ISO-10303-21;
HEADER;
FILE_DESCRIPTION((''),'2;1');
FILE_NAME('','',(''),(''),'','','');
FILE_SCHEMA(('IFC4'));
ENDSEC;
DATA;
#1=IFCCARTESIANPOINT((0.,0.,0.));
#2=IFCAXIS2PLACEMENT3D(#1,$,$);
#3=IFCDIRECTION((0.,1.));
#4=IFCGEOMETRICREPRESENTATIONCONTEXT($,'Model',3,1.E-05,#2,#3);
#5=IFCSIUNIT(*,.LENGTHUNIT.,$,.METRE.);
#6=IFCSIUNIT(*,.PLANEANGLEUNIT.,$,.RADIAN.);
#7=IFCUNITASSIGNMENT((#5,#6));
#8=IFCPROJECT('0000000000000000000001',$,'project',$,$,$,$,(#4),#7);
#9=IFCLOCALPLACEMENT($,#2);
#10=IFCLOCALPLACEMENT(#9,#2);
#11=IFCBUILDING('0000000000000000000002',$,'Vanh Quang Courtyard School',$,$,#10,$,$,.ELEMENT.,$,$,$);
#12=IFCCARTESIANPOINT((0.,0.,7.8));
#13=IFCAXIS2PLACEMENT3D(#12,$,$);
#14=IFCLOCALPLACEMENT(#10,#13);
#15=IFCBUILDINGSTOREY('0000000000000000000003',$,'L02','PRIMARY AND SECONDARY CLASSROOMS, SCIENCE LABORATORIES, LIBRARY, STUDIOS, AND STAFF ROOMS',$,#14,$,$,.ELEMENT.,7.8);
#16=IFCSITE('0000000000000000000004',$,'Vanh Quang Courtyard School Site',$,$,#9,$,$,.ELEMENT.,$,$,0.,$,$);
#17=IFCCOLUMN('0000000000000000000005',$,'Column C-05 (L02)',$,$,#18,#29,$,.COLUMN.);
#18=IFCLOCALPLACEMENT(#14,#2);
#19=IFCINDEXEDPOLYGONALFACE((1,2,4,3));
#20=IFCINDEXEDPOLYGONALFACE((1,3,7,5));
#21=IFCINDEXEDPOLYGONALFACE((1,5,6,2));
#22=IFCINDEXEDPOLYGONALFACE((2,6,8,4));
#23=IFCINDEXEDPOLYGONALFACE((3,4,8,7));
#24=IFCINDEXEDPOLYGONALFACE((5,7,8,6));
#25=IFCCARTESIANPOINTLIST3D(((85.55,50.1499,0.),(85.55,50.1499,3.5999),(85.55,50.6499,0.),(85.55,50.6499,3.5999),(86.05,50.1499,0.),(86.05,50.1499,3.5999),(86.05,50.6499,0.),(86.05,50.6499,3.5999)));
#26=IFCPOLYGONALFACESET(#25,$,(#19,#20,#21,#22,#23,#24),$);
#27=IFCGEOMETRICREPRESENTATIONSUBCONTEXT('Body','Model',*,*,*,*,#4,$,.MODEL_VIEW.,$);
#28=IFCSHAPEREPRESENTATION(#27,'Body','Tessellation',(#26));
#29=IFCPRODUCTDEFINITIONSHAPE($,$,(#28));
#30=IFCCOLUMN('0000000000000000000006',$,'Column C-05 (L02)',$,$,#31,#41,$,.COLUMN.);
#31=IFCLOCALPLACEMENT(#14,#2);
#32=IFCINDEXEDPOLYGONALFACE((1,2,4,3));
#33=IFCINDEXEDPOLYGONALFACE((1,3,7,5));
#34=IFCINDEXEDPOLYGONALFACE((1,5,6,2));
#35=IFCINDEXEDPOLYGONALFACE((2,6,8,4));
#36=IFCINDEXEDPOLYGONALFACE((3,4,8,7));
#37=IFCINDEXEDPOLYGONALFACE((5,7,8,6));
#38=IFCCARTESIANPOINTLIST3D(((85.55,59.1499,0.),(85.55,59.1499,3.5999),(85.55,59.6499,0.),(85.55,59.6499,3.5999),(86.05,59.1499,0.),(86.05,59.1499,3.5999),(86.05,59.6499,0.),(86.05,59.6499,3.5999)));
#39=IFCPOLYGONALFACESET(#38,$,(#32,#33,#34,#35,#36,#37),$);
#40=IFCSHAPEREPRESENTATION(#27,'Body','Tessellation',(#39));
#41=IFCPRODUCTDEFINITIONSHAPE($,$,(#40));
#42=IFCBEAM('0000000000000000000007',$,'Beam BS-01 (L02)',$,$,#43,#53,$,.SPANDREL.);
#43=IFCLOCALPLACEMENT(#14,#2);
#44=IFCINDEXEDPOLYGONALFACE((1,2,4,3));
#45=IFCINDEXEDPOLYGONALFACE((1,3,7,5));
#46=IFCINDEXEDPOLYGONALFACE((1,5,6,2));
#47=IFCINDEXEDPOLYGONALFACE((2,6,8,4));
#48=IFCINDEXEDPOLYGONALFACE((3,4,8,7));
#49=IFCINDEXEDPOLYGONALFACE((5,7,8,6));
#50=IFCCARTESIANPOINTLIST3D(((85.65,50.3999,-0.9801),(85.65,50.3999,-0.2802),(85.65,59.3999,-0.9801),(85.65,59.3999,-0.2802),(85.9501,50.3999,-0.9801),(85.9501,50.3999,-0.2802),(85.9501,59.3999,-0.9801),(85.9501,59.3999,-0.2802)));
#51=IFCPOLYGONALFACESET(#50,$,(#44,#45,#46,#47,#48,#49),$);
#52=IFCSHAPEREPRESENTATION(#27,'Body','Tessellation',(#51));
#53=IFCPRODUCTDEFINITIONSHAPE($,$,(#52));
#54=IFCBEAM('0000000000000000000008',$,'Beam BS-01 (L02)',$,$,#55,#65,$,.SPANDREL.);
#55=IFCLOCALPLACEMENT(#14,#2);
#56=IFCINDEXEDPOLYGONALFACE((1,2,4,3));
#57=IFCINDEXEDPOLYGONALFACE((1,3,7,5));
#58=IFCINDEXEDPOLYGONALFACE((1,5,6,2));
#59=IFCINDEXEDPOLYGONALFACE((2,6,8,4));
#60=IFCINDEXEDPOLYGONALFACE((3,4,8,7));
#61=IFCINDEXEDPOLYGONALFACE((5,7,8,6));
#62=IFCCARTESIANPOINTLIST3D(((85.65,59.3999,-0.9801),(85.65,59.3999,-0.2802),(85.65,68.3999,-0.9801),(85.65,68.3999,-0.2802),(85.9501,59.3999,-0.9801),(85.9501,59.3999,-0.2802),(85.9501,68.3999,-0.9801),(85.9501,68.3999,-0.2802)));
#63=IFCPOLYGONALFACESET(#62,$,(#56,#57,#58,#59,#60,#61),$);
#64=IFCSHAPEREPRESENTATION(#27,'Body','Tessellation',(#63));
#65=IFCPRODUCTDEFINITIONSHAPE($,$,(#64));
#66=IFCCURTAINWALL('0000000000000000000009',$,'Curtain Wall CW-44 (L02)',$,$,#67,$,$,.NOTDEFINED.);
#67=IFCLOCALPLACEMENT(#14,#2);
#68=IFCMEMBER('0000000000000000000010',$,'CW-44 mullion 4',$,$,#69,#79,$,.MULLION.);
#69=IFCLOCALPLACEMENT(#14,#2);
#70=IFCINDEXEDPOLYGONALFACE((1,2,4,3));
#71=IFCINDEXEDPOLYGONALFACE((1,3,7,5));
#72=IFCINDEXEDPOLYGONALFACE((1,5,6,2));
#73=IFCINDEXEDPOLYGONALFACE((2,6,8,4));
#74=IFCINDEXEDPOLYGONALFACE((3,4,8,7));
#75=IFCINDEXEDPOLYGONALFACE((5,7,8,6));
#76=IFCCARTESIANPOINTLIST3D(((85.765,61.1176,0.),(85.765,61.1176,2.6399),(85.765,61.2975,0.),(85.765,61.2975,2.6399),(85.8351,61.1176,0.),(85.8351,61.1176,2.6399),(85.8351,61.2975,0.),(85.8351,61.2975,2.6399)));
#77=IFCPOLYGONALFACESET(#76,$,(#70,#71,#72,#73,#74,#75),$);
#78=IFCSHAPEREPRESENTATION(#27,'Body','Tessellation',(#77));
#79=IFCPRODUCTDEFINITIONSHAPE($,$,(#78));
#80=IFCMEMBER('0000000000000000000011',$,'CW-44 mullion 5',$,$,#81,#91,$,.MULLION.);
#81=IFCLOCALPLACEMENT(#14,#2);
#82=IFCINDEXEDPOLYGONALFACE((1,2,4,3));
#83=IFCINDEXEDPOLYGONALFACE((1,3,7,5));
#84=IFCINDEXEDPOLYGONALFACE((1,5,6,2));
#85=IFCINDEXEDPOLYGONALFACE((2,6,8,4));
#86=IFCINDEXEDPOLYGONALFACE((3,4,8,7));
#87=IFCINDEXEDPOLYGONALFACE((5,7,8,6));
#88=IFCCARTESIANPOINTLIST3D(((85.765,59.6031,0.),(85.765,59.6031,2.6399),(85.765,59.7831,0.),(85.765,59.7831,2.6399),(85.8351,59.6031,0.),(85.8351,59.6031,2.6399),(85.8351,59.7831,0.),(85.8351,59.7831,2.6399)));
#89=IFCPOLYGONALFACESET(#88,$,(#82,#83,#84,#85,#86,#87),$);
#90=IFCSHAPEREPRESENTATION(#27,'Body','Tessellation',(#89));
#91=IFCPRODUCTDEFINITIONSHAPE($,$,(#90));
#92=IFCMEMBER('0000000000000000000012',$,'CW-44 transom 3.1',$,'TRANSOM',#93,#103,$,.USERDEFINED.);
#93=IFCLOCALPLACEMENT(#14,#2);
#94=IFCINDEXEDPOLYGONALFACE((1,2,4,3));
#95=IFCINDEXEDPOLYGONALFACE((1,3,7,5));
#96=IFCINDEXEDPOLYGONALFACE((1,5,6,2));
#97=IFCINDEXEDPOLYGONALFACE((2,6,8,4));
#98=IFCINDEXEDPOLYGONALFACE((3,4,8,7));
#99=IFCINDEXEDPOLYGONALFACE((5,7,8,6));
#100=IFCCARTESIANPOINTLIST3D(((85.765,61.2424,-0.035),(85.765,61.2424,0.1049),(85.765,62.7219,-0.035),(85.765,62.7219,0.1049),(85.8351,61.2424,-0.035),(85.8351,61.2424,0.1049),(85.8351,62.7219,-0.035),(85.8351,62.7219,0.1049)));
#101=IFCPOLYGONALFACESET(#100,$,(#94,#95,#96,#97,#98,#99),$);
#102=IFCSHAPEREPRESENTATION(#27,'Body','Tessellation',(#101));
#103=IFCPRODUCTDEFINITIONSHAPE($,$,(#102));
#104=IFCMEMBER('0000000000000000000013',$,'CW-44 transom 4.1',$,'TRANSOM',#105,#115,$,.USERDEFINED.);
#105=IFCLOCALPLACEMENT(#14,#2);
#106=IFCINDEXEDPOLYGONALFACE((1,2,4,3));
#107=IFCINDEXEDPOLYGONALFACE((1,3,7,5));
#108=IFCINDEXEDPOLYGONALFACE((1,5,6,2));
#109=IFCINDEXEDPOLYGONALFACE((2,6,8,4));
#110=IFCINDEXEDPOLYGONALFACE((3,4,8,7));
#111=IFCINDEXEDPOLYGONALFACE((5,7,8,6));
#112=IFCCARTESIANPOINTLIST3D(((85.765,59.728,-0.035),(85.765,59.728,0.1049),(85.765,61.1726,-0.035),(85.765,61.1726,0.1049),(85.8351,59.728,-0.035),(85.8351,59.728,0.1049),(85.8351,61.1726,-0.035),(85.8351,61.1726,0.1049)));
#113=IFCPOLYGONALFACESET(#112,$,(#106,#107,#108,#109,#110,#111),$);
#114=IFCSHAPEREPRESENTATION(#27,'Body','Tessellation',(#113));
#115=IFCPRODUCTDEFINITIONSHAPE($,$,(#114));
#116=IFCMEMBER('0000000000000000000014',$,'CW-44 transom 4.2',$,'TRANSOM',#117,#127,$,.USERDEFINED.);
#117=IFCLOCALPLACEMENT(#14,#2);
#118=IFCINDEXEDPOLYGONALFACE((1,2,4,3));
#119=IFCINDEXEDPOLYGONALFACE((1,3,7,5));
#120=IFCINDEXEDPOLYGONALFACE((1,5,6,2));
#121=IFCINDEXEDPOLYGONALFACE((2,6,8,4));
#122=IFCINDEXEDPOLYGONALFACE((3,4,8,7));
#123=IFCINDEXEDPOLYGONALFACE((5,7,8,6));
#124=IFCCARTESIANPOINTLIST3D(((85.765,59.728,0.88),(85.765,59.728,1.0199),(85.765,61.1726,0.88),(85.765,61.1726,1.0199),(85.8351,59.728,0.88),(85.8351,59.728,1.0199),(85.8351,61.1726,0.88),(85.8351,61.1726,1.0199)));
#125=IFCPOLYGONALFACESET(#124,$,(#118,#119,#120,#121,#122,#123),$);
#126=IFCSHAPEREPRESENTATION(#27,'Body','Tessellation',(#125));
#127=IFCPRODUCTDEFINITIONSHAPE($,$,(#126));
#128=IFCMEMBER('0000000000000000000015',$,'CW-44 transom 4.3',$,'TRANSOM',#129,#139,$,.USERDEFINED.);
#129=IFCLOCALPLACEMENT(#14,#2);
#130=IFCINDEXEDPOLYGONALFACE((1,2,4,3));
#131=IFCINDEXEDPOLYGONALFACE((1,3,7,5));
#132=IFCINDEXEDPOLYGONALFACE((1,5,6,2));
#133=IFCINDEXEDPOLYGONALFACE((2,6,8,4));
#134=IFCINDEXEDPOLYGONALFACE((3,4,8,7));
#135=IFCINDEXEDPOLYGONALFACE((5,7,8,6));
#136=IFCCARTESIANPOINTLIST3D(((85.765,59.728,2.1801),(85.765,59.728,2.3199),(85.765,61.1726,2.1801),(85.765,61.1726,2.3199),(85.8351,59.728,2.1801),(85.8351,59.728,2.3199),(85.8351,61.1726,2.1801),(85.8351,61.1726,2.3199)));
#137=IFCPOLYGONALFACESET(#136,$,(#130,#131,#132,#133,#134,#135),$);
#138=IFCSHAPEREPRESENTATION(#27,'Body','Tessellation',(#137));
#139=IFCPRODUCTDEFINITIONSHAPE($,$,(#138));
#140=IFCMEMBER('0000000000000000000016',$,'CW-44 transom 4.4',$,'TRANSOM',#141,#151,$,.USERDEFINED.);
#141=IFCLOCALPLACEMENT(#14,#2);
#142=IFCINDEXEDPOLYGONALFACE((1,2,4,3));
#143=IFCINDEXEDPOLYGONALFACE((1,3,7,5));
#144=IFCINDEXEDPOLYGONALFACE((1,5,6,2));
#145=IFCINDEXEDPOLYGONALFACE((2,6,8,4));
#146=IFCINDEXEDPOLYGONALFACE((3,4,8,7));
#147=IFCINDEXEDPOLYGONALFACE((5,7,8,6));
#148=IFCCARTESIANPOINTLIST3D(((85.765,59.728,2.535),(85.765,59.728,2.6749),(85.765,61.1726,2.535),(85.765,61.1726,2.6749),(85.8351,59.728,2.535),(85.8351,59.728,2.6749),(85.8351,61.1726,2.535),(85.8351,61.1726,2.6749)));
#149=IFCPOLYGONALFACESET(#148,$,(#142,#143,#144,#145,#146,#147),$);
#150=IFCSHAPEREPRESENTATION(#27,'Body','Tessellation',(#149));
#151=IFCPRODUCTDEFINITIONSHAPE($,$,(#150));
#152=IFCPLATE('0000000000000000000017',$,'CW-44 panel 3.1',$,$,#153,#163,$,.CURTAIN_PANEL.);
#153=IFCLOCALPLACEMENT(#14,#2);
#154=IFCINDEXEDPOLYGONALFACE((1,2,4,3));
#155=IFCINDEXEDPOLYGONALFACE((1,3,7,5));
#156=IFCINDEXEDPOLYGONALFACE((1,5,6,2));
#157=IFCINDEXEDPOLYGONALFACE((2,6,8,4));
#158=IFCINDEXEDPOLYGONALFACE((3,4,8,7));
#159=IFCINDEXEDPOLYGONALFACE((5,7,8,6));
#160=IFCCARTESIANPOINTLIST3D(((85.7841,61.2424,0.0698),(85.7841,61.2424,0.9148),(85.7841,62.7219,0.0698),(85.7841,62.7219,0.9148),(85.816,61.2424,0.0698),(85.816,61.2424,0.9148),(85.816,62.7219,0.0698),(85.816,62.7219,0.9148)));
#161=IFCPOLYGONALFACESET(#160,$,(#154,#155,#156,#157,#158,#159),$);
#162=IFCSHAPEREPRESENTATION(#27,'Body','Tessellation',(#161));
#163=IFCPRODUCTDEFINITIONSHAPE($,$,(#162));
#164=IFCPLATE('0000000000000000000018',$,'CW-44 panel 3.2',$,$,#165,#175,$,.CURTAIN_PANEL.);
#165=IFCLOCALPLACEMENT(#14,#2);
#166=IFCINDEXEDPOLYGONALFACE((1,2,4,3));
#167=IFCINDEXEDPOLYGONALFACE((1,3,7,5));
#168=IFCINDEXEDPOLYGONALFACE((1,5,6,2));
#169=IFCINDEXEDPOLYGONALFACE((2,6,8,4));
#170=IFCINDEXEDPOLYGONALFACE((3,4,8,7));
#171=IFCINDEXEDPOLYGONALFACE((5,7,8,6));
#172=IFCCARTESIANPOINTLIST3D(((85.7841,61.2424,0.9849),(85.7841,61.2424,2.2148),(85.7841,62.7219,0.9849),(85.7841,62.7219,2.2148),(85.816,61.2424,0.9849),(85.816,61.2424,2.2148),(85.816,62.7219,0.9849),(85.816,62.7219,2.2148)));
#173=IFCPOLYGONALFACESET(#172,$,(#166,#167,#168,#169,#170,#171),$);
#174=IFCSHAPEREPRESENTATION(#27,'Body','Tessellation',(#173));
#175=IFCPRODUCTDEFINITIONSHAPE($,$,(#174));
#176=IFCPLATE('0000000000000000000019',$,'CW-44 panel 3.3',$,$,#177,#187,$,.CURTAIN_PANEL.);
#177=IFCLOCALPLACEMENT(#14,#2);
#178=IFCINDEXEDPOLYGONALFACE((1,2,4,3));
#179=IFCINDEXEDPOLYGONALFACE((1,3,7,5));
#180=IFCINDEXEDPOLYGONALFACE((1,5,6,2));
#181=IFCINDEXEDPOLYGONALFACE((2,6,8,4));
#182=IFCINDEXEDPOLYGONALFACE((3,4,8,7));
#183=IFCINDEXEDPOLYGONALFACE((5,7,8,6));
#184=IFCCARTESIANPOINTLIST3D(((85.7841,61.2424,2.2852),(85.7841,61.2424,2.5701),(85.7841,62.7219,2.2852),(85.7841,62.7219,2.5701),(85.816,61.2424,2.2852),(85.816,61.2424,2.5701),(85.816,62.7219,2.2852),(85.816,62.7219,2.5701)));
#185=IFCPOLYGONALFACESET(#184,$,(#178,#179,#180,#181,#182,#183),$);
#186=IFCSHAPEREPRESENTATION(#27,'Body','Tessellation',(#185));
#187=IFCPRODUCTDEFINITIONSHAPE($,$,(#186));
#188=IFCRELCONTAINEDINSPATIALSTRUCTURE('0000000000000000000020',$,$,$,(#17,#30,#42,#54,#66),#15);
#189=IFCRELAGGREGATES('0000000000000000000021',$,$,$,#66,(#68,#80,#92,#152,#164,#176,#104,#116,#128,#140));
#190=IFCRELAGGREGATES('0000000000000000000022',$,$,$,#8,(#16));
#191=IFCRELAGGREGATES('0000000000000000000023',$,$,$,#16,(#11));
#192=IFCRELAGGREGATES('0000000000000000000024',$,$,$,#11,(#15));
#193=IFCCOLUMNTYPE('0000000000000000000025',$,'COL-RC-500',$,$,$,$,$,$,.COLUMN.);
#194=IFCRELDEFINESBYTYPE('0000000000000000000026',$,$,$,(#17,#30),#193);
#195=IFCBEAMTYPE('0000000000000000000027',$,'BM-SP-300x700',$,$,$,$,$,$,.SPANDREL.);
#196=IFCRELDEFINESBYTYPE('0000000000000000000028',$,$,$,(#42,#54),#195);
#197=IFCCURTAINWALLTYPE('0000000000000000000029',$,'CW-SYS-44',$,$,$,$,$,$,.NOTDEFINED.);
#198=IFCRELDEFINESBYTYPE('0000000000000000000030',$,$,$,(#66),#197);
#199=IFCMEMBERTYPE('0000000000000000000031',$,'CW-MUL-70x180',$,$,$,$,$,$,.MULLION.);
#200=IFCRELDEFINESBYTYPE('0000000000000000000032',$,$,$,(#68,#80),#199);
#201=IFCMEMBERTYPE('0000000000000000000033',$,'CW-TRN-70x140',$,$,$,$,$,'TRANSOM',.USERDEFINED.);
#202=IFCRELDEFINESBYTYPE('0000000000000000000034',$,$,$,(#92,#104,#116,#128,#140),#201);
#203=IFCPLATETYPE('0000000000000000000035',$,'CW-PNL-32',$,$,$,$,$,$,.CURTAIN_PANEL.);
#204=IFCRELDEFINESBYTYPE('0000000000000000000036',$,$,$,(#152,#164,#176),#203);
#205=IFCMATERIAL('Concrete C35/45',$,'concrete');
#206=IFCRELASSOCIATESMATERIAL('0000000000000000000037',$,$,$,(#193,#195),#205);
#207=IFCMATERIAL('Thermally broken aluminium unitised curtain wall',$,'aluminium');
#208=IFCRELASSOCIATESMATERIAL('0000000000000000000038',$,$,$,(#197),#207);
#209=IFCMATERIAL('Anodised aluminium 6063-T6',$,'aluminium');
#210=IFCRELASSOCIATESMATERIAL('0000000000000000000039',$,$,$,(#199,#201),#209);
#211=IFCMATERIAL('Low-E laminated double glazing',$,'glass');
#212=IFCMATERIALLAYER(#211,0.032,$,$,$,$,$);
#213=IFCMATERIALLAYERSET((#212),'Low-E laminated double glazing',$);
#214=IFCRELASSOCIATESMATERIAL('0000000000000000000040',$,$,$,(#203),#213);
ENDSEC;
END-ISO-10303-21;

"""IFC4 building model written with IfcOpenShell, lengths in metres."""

from ifc_helpers import new_model, si_unit, direction, frame, origin, origin_2d, place, context, subcontext, project, spatial, rectangle, extrude, material, layer, layer_set, material_profile, profile_set, type_object, element, aggregate, save


model = new_model("IFC4")

# Units and contexts
model_context = context("Model", 3, precision=1e-05, world=origin(), true_north=direction((0.0, 1.0)))
body_context = subcontext(model_context, "Body", "Model", "MODEL_VIEW")
ifc_project = project(units=[si_unit("LENGTHUNIT", "METRE"), si_unit("PLANEANGLEUNIT", "RADIAN")], contexts=[model_context])

# Site, building, storey
site_placement = place(None, origin())
site = spatial("IfcSite", under=ifc_project, at=site_placement, Name="Vanh Quang Courtyard School Site", CompositionType="ELEMENT", RefElevation=0.0)
building_placement = place(site_placement, origin())
building = spatial("IfcBuilding", under=site, at=building_placement, Name="Vanh Quang Courtyard School", CompositionType="ELEMENT")
storey_placement = place(building_placement, frame((0.0, 0.0, 7.8)))
storey = spatial("IfcBuildingStorey", under=building, at=storey_placement, Name="L02", Description="PRIMARY AND SECONDARY CLASSROOMS, SCIENCE LABORATORIES, LIBRARY, STUDIOS, AND STAFF ROOMS", CompositionType="ELEMENT", Elevation=7.8)

# Columns
ifc_material_1 = material(Name="Concrete C35/45", Category="concrete")
ifc_material_profile_1 = material_profile(ifc_material_1, rectangle(XDim=0.5, YDim=0.5, at=origin_2d()), Name="RC-COL 500x500")
ifc_profile_set_1 = profile_set([ifc_material_profile_1], Name="Concrete C35/45")
column_type = type_object("IfcColumnType", Name="COL-RC-500", PredefinedType="COLUMN", material=ifc_profile_set_1)
for number, where, z_axis, x_axis, name in (
    (1, (85.8, 50.3999, 0.0), (0.0, 0.0, 1.0), (1.0, 0.0, 0.0), "Column C-05 (L02)"),
    (2, (85.8, 59.3999, 0.0), (0.0, 0.0, 1.0), (1.0, 0.0, 0.0), "Column C-05 (L02)"),
):
    element("IfcColumn", number, at=place(storey_placement, frame(where, z_axis=z_axis, x_axis=x_axis)), inside=storey, type_object=column_type, Name=name, PredefinedType="COLUMN", context=body_context, shape_type="SweptSolid", body=[
        extrude(rectangle(XDim=0.5, YDim=0.5, at=origin_2d()), origin(), (0.0, 0.0, 1.0), 3.5999),
    ])

# Beams
ifc_material_profile_2 = material_profile(ifc_material_1, rectangle(XDim=0.3, YDim=0.7, at=origin_2d()), Name="RC-SP 300x700")
ifc_profile_set_2 = profile_set([ifc_material_profile_2], Name="Concrete C35/45")
beam_type = type_object("IfcBeamType", Name="BM-SP-300x700", PredefinedType="SPANDREL", material=ifc_profile_set_2)
for number, where, z_axis, x_axis, name in (
    (3, (85.8, 50.3999, -0.6301), (0.0, 1.0, 0.0), (-1.0, 0.0, 0.0), "Beam BS-01 (L02)"),
    (4, (85.8, 59.3999, -0.6301), (0.0, 1.0, 0.0), (-1.0, 0.0, 0.0), "Beam BS-01 (L02)"),
):
    element("IfcBeam", number, at=place(storey_placement, frame(where, z_axis=z_axis, x_axis=x_axis)), inside=storey, type_object=beam_type, Name=name, PredefinedType="SPANDREL", context=body_context, shape_type="SweptSolid", body=[
        extrude(rectangle(XDim=0.3, YDim=0.7, at=origin_2d()), origin(), (0.0, 0.0, 1.0), 9.0),
    ])

# Curtain wall, members, plates
ifc_material_2 = material(Name="Thermally broken aluminium unitised curtain wall", Category="aluminium")
curtain_wall_type = type_object("IfcCurtainWallType", Name="CW-SYS-44", PredefinedType="NOTDEFINED", material=ifc_material_2)
curtain_wall_placement = place(storey_placement, origin())
curtain_wall = element("IfcCurtainWall", 5, at=curtain_wall_placement, inside=storey, type_object=curtain_wall_type, Name="Curtain Wall CW-44 (L02)", PredefinedType="NOTDEFINED")
ifc_material_3 = material(Name="Anodised aluminium 6063-T6", Category="aluminium")
ifc_material_profile_3 = material_profile(ifc_material_3, rectangle(XDim=0.0701, YDim=0.1799, at=origin_2d()), Name="ALU-MUL 70x180")
ifc_profile_set_3 = profile_set([ifc_material_profile_3], Name="Anodised aluminium 6063-T6")
member_type_1 = type_object("IfcMemberType", Name="CW-MUL-70x180", PredefinedType="MULLION", material=ifc_profile_set_3)
member_1_placement = place(storey_placement, frame((85.8, 61.2075, 0.0), z_axis=(0.0, 0.0, 1.0), x_axis=(1.0, 0.0, 0.0)))
member_1 = element("IfcMember", 6, at=member_1_placement, type_object=member_type_1, Name="CW-44 mullion 4", PredefinedType="MULLION", context=body_context, shape_type="SweptSolid", body=[
    extrude(rectangle(XDim=0.0701, YDim=0.1799, at=origin_2d()), origin(), (0.0, 0.0, 1.0), 2.6399),
])
member_2_placement = place(storey_placement, frame((85.8, 59.6931, 0.0), z_axis=(0.0, 0.0, 1.0), x_axis=(1.0, 0.0, 0.0)))
member_2 = element("IfcMember", 7, at=member_2_placement, type_object=member_type_1, Name="CW-44 mullion 5", PredefinedType="MULLION", context=body_context, shape_type="SweptSolid", body=[
    extrude(rectangle(XDim=0.0701, YDim=0.1799, at=origin_2d()), origin(), (0.0, 0.0, 1.0), 2.6399),
])
ifc_material_profile_4 = material_profile(ifc_material_3, rectangle(XDim=0.0701, YDim=0.1399, at=origin_2d()), Name="ALU-TRN 70x140")
ifc_profile_set_4 = profile_set([ifc_material_profile_4], Name="Anodised aluminium 6063-T6")
member_type_2 = type_object("IfcMemberType", Name="CW-TRN-70x140", ElementType="TRANSOM", PredefinedType="USERDEFINED", material=ifc_profile_set_4)
member_3_placement = place(storey_placement, frame((85.8, 62.7219, 0.0349), z_axis=(0.0, -1.0, 0.0), x_axis=(1.0, 0.0, 0.0)))
member_3 = element("IfcMember", 8, at=member_3_placement, type_object=member_type_2, Name="CW-44 transom 3.1", ObjectType="TRANSOM", PredefinedType="USERDEFINED", context=body_context, shape_type="SweptSolid", body=[
    extrude(rectangle(XDim=0.0701, YDim=0.1399, at=origin_2d()), origin(), (0.0, 0.0, 1.0), 1.4795),
])
member_4_placement = place(storey_placement, frame((85.8, 61.1726, 0.0349), z_axis=(0.0, -1.0, 0.0), x_axis=(1.0, 0.0, 0.0)))
member_4 = element("IfcMember", 9, at=member_4_placement, type_object=member_type_2, Name="CW-44 transom 4.1", ObjectType="TRANSOM", PredefinedType="USERDEFINED", context=body_context, shape_type="SweptSolid", body=[
    extrude(rectangle(XDim=0.0701, YDim=0.1399, at=origin_2d()), origin(), (0.0, 0.0, 1.0), 1.4446),
])
member_5_placement = place(storey_placement, frame((85.8, 61.1726, 0.95), z_axis=(0.0, -1.0, 0.0), x_axis=(1.0, 0.0, 0.0)))
member_5 = element("IfcMember", 10, at=member_5_placement, type_object=member_type_2, Name="CW-44 transom 4.2", ObjectType="TRANSOM", PredefinedType="USERDEFINED", context=body_context, shape_type="SweptSolid", body=[
    extrude(rectangle(XDim=0.0701, YDim=0.1399, at=origin_2d()), origin(), (0.0, 0.0, 1.0), 1.4446),
])
member_6_placement = place(storey_placement, frame((85.8, 61.1726, 2.25), z_axis=(0.0, -1.0, 0.0), x_axis=(1.0, 0.0, 0.0)))
member_6 = element("IfcMember", 11, at=member_6_placement, type_object=member_type_2, Name="CW-44 transom 4.3", ObjectType="TRANSOM", PredefinedType="USERDEFINED", context=body_context, shape_type="SweptSolid", body=[
    extrude(rectangle(XDim=0.0701, YDim=0.1399, at=origin_2d()), origin(), (0.0, 0.0, 1.0), 1.4446),
])
member_7_placement = place(storey_placement, frame((85.8, 61.1726, 2.605), z_axis=(0.0, -1.0, 0.0), x_axis=(1.0, 0.0, 0.0)))
member_7 = element("IfcMember", 12, at=member_7_placement, type_object=member_type_2, Name="CW-44 transom 4.4", ObjectType="TRANSOM", PredefinedType="USERDEFINED", context=body_context, shape_type="SweptSolid", body=[
    extrude(rectangle(XDim=0.0701, YDim=0.1399, at=origin_2d()), origin(), (0.0, 0.0, 1.0), 1.4446),
])
ifc_material_4 = material(Name="Low-E laminated double glazing", Category="glass")
ifc_layer_1 = layer(ifc_material_4, 0.032)
ifc_layer_set_1 = layer_set([ifc_layer_1], Name="Low-E laminated double glazing")
plate_type = type_object("IfcPlateType", Name="CW-PNL-32", PredefinedType="CURTAIN_PANEL", material=ifc_layer_set_1)
plate_1_placement = place(storey_placement, frame((85.8, 61.9822, 0.0698), z_axis=(0.0, 0.0, 1.0), x_axis=(0.0, -1.0, 0.0)))
plate_1 = element("IfcPlate", 13, at=plate_1_placement, type_object=plate_type, Name="CW-44 panel 3.1", PredefinedType="CURTAIN_PANEL", context=body_context, shape_type="SweptSolid", body=[
    extrude(rectangle(XDim=1.4795, YDim=0.032, at=origin_2d()), origin(), (0.0, 0.0, 1.0), 0.845),
])
plate_2_placement = place(storey_placement, frame((85.8, 61.9822, 0.9849), z_axis=(0.0, 0.0, 1.0), x_axis=(0.0, -1.0, 0.0)))
plate_2 = element("IfcPlate", 14, at=plate_2_placement, type_object=plate_type, Name="CW-44 panel 3.2", PredefinedType="CURTAIN_PANEL", context=body_context, shape_type="SweptSolid", body=[
    extrude(rectangle(XDim=1.4795, YDim=0.032, at=origin_2d()), origin(), (0.0, 0.0, 1.0), 1.23),
])
plate_3_placement = place(storey_placement, frame((85.8, 61.9822, 2.2852), z_axis=(0.0, 0.0, 1.0), x_axis=(0.0, -1.0, 0.0)))
plate_3 = element("IfcPlate", 15, at=plate_3_placement, type_object=plate_type, Name="CW-44 panel 3.3", PredefinedType="CURTAIN_PANEL", context=body_context, shape_type="SweptSolid", body=[
    extrude(rectangle(XDim=1.4795, YDim=0.032, at=origin_2d()), origin(), (0.0, 0.0, 1.0), 0.2849),
])
aggregate(curtain_wall, [member_1, member_2, member_3, plate_1, plate_2, plate_3, member_4, member_5, member_6, member_7])

save(model, "model.ifc")
